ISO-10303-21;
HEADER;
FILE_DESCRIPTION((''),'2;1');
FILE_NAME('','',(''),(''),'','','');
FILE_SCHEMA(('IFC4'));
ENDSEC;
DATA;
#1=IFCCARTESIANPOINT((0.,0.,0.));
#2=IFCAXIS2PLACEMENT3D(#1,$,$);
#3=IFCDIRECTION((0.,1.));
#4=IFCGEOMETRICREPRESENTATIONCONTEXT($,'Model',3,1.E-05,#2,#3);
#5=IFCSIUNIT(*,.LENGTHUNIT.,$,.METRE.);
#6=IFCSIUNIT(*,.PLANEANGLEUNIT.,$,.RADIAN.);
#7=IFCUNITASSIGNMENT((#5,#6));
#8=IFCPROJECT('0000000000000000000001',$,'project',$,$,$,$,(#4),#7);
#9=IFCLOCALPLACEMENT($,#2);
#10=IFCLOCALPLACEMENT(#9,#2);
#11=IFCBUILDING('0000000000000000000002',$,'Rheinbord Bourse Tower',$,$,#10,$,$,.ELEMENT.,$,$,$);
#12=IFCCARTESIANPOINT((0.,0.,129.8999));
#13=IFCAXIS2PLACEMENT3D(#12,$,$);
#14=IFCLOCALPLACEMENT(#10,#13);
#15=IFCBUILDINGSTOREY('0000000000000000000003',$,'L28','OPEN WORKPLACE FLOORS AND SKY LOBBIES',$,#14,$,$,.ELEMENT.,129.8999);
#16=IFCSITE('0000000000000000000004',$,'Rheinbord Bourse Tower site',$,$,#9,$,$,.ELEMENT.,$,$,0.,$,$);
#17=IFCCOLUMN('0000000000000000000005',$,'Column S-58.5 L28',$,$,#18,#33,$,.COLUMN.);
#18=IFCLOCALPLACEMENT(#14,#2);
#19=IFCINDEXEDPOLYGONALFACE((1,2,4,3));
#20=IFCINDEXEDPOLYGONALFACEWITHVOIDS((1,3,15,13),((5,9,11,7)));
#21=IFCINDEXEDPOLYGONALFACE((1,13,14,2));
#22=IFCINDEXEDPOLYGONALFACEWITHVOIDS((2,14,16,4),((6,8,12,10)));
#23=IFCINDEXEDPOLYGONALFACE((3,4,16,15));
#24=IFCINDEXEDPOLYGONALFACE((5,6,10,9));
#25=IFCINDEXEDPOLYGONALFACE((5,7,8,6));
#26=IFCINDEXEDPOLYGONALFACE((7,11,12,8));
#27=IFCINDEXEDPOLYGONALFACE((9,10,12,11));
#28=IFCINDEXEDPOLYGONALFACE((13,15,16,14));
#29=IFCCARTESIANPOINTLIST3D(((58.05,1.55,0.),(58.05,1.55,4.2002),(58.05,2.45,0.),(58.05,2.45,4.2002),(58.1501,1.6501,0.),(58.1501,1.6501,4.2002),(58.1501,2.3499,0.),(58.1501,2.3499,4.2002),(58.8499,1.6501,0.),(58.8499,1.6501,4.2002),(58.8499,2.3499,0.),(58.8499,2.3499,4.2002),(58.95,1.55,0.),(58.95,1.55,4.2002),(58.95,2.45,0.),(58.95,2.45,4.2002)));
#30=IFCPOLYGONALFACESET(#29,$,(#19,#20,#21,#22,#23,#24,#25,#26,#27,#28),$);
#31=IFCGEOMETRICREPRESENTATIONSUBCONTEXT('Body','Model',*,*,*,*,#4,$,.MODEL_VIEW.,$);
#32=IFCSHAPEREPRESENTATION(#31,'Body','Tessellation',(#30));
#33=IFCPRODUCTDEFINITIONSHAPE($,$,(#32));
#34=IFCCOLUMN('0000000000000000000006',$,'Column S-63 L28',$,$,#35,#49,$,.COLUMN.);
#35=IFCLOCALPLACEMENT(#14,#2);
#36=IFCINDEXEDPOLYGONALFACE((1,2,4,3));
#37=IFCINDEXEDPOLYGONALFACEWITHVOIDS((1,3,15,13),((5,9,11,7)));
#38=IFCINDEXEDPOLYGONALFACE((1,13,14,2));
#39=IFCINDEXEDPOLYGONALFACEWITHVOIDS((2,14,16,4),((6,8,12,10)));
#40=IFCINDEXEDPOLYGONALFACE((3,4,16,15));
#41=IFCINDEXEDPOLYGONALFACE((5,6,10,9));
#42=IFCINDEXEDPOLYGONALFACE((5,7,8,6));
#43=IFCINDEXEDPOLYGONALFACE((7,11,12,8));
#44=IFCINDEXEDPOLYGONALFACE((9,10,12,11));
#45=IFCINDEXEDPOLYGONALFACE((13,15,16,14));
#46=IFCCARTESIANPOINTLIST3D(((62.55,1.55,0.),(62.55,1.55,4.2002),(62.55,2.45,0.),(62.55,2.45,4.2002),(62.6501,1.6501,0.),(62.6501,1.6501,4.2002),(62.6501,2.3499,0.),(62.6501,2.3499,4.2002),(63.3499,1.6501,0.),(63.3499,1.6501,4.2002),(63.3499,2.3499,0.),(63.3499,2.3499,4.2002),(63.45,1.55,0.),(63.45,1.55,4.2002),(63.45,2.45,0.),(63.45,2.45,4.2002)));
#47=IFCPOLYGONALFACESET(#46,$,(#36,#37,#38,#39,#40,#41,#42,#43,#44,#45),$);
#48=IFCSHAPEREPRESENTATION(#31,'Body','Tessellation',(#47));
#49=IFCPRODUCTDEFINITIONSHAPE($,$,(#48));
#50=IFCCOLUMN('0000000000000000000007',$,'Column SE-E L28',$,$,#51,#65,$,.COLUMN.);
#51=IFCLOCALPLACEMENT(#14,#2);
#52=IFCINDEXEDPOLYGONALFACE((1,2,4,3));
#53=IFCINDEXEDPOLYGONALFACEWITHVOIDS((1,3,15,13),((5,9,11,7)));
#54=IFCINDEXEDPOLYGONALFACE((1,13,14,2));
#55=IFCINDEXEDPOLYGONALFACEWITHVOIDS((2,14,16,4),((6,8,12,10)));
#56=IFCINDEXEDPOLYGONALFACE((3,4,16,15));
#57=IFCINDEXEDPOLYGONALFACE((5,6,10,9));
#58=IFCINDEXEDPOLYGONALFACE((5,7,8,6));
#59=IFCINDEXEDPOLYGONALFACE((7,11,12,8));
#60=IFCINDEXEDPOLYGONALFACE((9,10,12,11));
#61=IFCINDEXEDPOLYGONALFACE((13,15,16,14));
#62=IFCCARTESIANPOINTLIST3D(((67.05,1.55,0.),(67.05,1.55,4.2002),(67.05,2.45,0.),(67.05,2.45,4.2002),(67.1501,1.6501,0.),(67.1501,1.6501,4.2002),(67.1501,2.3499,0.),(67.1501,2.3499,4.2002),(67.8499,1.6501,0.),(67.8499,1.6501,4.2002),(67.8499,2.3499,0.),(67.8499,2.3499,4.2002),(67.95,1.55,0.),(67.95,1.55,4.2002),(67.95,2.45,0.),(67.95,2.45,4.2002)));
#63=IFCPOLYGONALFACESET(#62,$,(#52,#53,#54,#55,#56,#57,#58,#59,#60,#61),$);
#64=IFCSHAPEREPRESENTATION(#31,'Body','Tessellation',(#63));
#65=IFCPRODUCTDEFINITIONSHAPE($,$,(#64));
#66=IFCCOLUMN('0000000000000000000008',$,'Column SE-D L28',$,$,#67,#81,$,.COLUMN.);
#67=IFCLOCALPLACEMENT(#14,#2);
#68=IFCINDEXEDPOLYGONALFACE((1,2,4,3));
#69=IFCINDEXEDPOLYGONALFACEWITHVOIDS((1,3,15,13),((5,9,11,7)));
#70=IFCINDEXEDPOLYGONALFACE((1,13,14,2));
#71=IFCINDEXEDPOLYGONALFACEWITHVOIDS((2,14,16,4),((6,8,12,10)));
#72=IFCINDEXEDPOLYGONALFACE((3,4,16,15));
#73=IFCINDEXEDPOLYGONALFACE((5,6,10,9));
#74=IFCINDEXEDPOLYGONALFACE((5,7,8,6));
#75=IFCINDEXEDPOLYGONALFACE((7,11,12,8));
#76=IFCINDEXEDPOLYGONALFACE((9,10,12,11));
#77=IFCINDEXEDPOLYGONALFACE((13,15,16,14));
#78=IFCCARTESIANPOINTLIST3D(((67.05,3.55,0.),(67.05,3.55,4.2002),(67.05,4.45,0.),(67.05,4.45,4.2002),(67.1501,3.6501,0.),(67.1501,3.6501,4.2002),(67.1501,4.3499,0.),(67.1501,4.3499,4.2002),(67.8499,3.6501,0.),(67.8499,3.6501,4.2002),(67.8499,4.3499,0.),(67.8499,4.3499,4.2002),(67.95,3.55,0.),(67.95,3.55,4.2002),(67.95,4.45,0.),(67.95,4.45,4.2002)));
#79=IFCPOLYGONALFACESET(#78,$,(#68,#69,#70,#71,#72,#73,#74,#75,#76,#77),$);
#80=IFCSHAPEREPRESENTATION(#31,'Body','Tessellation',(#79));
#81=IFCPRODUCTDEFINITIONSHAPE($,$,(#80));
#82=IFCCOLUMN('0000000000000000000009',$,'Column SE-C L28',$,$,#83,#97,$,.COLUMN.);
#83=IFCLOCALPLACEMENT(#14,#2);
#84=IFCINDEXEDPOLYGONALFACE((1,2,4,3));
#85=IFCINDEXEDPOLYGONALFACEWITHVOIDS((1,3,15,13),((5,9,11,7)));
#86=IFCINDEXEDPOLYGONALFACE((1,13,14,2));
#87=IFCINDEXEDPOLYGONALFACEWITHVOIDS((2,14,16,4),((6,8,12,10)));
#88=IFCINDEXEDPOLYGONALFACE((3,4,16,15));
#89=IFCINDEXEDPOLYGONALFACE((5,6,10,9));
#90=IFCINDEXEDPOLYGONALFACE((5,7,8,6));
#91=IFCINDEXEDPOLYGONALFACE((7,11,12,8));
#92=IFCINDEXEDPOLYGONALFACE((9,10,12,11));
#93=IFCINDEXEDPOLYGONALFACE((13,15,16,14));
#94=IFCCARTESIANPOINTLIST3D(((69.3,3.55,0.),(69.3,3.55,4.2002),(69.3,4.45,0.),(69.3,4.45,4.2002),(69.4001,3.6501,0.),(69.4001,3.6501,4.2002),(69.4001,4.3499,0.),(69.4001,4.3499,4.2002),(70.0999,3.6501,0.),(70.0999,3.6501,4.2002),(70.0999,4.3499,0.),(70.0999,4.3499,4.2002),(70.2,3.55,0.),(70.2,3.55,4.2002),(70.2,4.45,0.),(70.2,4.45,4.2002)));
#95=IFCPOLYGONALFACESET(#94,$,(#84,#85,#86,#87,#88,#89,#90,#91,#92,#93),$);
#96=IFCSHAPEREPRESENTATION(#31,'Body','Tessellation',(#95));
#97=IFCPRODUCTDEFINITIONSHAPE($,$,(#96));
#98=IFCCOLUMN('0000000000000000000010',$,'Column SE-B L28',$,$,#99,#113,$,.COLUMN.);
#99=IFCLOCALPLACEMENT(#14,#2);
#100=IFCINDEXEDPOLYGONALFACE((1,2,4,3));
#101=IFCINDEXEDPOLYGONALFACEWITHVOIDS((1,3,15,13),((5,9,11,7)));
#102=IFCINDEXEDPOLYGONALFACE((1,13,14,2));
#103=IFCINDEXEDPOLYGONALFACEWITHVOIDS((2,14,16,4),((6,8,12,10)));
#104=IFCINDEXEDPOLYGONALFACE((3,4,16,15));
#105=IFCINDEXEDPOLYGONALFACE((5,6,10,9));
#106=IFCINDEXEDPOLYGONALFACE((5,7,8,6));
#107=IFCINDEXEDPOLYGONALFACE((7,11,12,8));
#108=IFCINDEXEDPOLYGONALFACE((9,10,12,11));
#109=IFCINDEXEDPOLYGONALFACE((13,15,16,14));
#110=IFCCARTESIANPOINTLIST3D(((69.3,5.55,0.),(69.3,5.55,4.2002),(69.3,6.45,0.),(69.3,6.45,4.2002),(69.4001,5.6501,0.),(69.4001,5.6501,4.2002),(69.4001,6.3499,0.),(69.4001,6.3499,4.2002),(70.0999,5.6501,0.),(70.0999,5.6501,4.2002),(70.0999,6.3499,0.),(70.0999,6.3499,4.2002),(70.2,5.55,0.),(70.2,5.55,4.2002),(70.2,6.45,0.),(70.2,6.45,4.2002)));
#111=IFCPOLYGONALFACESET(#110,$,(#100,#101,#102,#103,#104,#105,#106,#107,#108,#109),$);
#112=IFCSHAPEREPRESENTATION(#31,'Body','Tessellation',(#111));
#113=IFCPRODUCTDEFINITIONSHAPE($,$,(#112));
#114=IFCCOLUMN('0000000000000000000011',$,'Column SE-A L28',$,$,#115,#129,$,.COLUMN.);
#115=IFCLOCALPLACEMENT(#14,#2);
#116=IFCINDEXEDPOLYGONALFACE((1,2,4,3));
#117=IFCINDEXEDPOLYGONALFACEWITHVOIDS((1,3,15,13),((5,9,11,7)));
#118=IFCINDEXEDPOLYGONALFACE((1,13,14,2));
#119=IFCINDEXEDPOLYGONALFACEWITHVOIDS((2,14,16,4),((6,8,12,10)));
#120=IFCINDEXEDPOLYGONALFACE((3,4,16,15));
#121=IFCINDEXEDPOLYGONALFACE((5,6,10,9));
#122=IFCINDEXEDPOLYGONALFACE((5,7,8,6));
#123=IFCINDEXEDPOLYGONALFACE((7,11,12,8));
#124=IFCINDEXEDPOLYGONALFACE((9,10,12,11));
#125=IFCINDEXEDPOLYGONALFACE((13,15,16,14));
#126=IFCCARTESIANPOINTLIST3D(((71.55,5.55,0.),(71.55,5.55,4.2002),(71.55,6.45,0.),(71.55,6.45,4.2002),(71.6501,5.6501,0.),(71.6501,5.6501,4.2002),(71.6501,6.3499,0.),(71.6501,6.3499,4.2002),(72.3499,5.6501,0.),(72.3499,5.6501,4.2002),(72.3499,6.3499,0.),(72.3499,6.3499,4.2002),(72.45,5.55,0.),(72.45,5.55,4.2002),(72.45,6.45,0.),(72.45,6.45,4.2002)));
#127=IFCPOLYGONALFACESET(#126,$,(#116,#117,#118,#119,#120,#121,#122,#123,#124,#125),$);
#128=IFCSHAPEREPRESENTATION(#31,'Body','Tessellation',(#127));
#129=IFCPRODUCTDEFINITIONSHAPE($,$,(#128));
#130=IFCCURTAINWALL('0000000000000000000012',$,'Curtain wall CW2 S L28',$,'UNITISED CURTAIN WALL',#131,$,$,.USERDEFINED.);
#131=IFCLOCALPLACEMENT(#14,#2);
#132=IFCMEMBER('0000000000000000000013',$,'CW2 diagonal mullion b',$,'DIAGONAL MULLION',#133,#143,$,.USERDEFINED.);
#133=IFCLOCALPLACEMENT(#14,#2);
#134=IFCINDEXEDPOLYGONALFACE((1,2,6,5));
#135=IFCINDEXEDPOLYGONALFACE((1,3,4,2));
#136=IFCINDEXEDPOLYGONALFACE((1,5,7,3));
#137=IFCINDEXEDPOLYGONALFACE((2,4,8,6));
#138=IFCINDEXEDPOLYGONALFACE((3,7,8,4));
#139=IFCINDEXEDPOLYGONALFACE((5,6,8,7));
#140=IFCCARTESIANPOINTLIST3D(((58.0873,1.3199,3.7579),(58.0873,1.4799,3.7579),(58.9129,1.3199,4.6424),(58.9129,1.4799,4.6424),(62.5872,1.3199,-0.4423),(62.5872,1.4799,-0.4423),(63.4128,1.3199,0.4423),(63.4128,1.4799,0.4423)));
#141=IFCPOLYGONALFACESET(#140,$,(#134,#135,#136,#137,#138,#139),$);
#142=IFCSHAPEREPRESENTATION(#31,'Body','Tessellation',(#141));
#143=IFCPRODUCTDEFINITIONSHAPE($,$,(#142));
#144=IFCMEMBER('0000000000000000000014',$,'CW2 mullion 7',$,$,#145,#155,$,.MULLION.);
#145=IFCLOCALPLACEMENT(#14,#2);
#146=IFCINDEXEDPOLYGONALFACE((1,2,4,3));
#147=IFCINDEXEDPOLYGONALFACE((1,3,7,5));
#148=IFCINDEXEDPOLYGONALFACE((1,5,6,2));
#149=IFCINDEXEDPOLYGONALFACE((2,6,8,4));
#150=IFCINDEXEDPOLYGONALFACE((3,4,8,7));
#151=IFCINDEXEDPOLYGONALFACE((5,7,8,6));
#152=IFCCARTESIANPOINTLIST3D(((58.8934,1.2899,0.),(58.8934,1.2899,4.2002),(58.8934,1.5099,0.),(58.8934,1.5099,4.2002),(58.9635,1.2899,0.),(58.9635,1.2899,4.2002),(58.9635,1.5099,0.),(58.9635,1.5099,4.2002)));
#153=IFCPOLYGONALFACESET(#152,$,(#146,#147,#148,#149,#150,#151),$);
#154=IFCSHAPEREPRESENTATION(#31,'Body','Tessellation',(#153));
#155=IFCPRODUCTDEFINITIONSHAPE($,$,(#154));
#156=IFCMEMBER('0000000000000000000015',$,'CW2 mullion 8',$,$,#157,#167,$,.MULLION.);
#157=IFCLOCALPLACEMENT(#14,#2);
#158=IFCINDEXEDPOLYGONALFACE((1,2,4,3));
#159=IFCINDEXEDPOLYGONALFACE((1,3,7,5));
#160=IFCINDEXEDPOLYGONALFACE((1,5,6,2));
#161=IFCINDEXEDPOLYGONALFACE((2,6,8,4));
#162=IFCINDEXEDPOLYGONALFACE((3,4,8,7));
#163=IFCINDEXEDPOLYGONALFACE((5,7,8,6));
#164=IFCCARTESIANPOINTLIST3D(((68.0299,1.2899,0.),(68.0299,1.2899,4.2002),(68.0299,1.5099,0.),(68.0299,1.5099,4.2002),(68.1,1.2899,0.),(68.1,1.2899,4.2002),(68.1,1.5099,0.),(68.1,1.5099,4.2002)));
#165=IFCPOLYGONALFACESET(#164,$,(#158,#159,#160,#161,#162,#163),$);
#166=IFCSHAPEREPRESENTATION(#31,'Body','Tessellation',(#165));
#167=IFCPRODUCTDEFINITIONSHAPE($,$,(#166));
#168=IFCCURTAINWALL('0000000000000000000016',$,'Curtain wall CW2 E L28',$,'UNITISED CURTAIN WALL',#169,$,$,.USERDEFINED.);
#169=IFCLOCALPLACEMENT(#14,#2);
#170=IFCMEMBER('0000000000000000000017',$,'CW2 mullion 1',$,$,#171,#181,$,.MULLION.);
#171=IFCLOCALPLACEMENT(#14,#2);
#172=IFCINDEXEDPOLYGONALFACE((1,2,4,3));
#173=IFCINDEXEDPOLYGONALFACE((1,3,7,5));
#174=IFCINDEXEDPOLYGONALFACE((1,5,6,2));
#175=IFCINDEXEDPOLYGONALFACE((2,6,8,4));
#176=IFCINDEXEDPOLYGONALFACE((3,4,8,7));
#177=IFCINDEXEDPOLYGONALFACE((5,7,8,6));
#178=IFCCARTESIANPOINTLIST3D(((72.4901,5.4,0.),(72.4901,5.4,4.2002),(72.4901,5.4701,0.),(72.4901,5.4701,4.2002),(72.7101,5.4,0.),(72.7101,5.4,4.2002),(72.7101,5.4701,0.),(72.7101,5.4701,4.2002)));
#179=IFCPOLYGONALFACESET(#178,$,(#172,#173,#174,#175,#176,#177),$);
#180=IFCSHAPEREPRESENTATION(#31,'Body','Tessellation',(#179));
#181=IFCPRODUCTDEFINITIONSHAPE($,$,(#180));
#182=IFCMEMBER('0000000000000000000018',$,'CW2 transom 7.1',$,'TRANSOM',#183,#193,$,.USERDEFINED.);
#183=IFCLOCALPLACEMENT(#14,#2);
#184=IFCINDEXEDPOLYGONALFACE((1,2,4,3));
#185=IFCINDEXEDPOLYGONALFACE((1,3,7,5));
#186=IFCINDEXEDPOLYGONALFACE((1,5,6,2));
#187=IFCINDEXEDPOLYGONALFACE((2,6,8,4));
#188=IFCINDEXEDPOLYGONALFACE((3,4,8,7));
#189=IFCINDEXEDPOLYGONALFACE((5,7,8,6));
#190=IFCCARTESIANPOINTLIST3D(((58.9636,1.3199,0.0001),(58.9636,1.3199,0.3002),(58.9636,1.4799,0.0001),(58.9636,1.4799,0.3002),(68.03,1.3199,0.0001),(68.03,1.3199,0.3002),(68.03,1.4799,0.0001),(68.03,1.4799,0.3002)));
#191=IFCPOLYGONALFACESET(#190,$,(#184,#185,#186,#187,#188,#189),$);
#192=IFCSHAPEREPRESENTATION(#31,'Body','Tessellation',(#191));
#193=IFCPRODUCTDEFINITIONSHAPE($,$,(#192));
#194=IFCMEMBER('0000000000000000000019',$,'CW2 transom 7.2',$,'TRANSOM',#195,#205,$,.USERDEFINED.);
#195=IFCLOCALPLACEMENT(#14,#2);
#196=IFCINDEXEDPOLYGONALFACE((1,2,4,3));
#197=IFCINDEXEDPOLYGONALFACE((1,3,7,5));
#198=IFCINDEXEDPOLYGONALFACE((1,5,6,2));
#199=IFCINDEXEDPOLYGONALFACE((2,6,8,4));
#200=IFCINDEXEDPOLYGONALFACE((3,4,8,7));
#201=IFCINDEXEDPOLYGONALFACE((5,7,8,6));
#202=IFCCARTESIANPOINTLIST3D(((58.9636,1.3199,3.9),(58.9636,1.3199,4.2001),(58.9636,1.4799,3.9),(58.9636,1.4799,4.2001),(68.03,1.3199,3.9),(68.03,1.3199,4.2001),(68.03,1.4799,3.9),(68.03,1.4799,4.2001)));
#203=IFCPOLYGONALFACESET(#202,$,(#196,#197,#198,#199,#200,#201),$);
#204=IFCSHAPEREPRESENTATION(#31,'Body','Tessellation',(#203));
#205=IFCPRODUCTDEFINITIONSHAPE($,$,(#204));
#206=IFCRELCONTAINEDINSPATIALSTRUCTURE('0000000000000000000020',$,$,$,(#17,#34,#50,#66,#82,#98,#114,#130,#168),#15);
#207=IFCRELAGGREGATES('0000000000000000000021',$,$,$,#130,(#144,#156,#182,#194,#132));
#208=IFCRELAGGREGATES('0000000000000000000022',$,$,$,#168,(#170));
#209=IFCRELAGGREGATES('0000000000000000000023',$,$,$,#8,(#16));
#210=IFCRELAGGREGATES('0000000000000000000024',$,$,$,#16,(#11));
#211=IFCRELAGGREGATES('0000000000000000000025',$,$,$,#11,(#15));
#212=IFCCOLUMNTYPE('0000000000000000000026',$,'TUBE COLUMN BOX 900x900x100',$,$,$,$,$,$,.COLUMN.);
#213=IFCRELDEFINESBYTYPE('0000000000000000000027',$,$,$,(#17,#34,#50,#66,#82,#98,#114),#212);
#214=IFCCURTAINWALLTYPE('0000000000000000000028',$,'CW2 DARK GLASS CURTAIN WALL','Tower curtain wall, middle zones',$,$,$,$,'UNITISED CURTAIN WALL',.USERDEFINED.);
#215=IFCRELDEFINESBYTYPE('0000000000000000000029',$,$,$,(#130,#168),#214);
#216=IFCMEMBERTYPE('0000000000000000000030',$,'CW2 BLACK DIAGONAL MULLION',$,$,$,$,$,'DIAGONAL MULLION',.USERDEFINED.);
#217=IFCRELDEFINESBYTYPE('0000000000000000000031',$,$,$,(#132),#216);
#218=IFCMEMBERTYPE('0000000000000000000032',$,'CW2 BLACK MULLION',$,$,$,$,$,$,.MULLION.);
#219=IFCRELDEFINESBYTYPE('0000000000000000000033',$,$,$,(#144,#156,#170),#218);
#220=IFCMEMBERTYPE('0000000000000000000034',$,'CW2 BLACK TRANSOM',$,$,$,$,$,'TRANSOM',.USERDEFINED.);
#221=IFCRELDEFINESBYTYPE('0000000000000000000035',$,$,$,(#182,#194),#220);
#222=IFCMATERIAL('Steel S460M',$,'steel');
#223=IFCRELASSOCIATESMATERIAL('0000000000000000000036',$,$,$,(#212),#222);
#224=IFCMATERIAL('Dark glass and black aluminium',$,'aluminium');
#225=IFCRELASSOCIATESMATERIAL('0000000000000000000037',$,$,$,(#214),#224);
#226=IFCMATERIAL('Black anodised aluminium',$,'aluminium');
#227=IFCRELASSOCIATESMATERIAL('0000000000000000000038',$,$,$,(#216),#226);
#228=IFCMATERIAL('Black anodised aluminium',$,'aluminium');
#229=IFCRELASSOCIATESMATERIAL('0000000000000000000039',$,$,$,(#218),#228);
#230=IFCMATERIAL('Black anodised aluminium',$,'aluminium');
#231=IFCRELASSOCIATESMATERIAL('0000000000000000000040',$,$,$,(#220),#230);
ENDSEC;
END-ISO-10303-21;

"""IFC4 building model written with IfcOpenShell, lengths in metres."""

from ifc_helpers import new_model, si_unit, direction, frame, origin, origin_2d, place, context, subcontext, project, spatial, rectangle, hollow_rectangle, extrude, material, material_profile, profile_set, type_object, element, aggregate, save


model = new_model("IFC4")

# Units and contexts
model_context = context("Model", 3, precision=1e-05, world=origin(), true_north=direction((0.0, 1.0)))
body_context = subcontext(model_context, "Body", "Model", "MODEL_VIEW")
ifc_project = project(units=[si_unit("LENGTHUNIT", "METRE"), si_unit("PLANEANGLEUNIT", "RADIAN")], contexts=[model_context])

# Site, building, storey
site_placement = place(None, origin())
site = spatial("IfcSite", under=ifc_project, at=site_placement, Name="Rheinbord Bourse Tower site", CompositionType="ELEMENT", RefElevation=0.0)
building_placement = place(site_placement, origin())
building = spatial("IfcBuilding", under=site, at=building_placement, Name="Rheinbord Bourse Tower", CompositionType="ELEMENT")
storey_placement = place(building_placement, frame((0.0, 0.0, 129.8999)))
storey = spatial("IfcBuildingStorey", under=building, at=storey_placement, Name="L28", Description="OPEN WORKPLACE FLOORS AND SKY LOBBIES", CompositionType="ELEMENT", Elevation=129.8999)

# Columns
ifc_material_1 = material(Name="Steel S460M", Category="steel")
ifc_material_profile_1 = material_profile(ifc_material_1, hollow_rectangle(XDim=0.8999, YDim=0.8999, WallThickness=0.1001, at=origin_2d()), Name="BOX 900x900x100")
ifc_profile_set_1 = profile_set([ifc_material_profile_1], Name="Steel S460M")
column_type = type_object("IfcColumnType", Name="TUBE COLUMN BOX 900x900x100", PredefinedType="COLUMN", material=ifc_profile_set_1)
for number, where, z_axis, x_axis, name in (
    (1, (58.5, 2.0, 0.0), (0.0, 0.0, 1.0), (0.0, 1.0, 0.0), "Column S-58.5 L28"),
    (2, (63.0, 2.0, 0.0), (0.0, 0.0, 1.0), (0.0, 1.0, 0.0), "Column S-63 L28"),
    (3, (67.5, 2.0, 0.0), (0.0, 0.0, 1.0), (0.0, 1.0, 0.0), "Column SE-E L28"),
    (4, (67.5, 4.0, 0.0), (0.0, 0.0, 1.0), (0.0, 1.0, 0.0), "Column SE-D L28"),
    (5, (69.75, 4.0, 0.0), (0.0, 0.0, 1.0), (1.0, 0.0, 0.0), "Column SE-C L28"),
    (6, (69.75, 6.0, 0.0), (0.0, 0.0, 1.0), (1.0, 0.0, 0.0), "Column SE-B L28"),
    (7, (72.0, 6.0, 0.0), (0.0, 0.0, 1.0), (1.0, 0.0, 0.0), "Column SE-A L28"),
):
    element("IfcColumn", number, at=place(storey_placement, frame(where, z_axis=z_axis, x_axis=x_axis)), inside=storey, type_object=column_type, Name=name, PredefinedType="COLUMN", context=body_context, shape_type="SweptSolid", body=[
        extrude(hollow_rectangle(XDim=0.8999, YDim=0.8999, WallThickness=0.1001, at=origin_2d()), origin(), (0.0, 0.0, 1.0), 4.2002),
    ])

# Curtain wall, members
ifc_material_2 = material(Name="Dark glass and black aluminium", Category="aluminium")
curtain_wall_type = type_object("IfcCurtainWallType", Name="CW2 DARK GLASS CURTAIN WALL", Description="Tower curtain wall, middle zones", ElementType="UNITISED CURTAIN WALL", PredefinedType="USERDEFINED", material=ifc_material_2)
curtain_wall_1_placement = place(storey_placement, origin())
curtain_wall_1 = element("IfcCurtainWall", 8, at=curtain_wall_1_placement, inside=storey, type_object=curtain_wall_type, Name="Curtain wall CW2 S L28", ObjectType="UNITISED CURTAIN WALL", PredefinedType="USERDEFINED")
ifc_material_3 = material(Name="Black anodised aluminium", Category="aluminium")
ifc_material_profile_2 = material_profile(ifc_material_3, rectangle(XDim=0.1599, YDim=1.21, at=origin_2d()), Name="CW2 DIAGONAL MULLION 1210x160")
ifc_profile_set_2 = profile_set([ifc_material_profile_2], Name="Black anodised aluminium")
member_type_1 = type_object("IfcMemberType", Name="CW2 BLACK DIAGONAL MULLION", ElementType="DIAGONAL MULLION", PredefinedType="USERDEFINED", material=ifc_profile_set_2)
member_1_placement = place(storey_placement, frame((63.0, 1.3999, 0.0), z_axis=(-0.731039, 0.0, 0.682335), x_axis=(0.0, -1.0, 0.0)))
member_1 = element("IfcMember", 9, at=member_1_placement, type_object=member_type_1, Name="CW2 diagonal mullion b", ObjectType="DIAGONAL MULLION", PredefinedType="USERDEFINED", context=body_context, shape_type="SweptSolid", body=[
    extrude(rectangle(XDim=0.1599, YDim=1.21, at=origin_2d()), origin(), (0.0, 0.0, 1.0), 6.1555),
])
ifc_material_4 = material(Name="Black anodised aluminium", Category="aluminium")
ifc_material_profile_3 = material_profile(ifc_material_4, rectangle(XDim=0.22, YDim=0.0701, at=origin_2d()), Name="CW2 MULLION 70x220")
ifc_profile_set_3 = profile_set([ifc_material_profile_3], Name="Black anodised aluminium")
member_type_2 = type_object("IfcMemberType", Name="CW2 BLACK MULLION", PredefinedType="MULLION", material=ifc_profile_set_3)
member_2_placement = place(storey_placement, frame((58.9285, 1.3999, 0.0), z_axis=(0.0, 0.0, 1.0), x_axis=(0.0, 1.0, 0.0)))
member_2 = element("IfcMember", 10, at=member_2_placement, type_object=member_type_2, Name="CW2 mullion 7", PredefinedType="MULLION", context=body_context, shape_type="SweptSolid", body=[
    extrude(rectangle(XDim=0.22, YDim=0.0701, at=origin_2d()), origin(), (0.0, 0.0, 1.0), 4.2002),
])
member_3_placement = place(storey_placement, frame((68.0649, 1.3999, 0.0), z_axis=(0.0, 0.0, 1.0), x_axis=(0.0, 1.0, 0.0)))
member_3 = element("IfcMember", 11, at=member_3_placement, type_object=member_type_2, Name="CW2 mullion 8", PredefinedType="MULLION", context=body_context, shape_type="SweptSolid", body=[
    extrude(rectangle(XDim=0.22, YDim=0.0701, at=origin_2d()), origin(), (0.0, 0.0, 1.0), 4.2002),
])

# Curtain wall, member
curtain_wall_2_placement = place(storey_placement, origin())
curtain_wall_2 = element("IfcCurtainWall", 12, at=curtain_wall_2_placement, inside=storey, type_object=curtain_wall_type, Name="Curtain wall CW2 E L28", ObjectType="UNITISED CURTAIN WALL", PredefinedType="USERDEFINED")
member_4_placement = place(storey_placement, frame((72.6001, 5.4351, 0.0), z_axis=(0.0, 0.0, 1.0), x_axis=(-1.0, 0.0, 0.0)))
member_4 = element("IfcMember", 13, at=member_4_placement, type_object=member_type_2, Name="CW2 mullion 1", PredefinedType="MULLION", context=body_context, shape_type="SweptSolid", body=[
    extrude(rectangle(XDim=0.22, YDim=0.0701, at=origin_2d()), origin(), (0.0, 0.0, 1.0), 4.2002),
])

# Members
ifc_material_5 = material(Name="Black anodised aluminium", Category="aluminium")
ifc_material_profile_4 = material_profile(ifc_material_5, rectangle(XDim=0.1599, YDim=0.3, at=origin_2d()), Name="CW2 TRANSOM 300x160")
ifc_profile_set_4 = profile_set([ifc_material_profile_4], Name="Black anodised aluminium")
member_type_3 = type_object("IfcMemberType", Name="CW2 BLACK TRANSOM", ElementType="TRANSOM", PredefinedType="USERDEFINED", material=ifc_profile_set_4)
member_5_placement = place(storey_placement, frame((58.9636, 1.3999, 0.1501), z_axis=(1.0, 0.0, 0.0), x_axis=(0.0, 1.0, 0.0)))
member_5 = element("IfcMember", 14, at=member_5_placement, type_object=member_type_3, Name="CW2 transom 7.1", ObjectType="TRANSOM", PredefinedType="USERDEFINED", context=body_context, shape_type="SweptSolid", body=[
    extrude(rectangle(XDim=0.1599, YDim=0.3, at=origin_2d()), origin(), (0.0, 0.0, 1.0), 9.0664),
])
member_6_placement = place(storey_placement, frame((58.9636, 1.3999, 4.05), z_axis=(1.0, 0.0, 0.0), x_axis=(0.0, 1.0, 0.0)))
member_6 = element("IfcMember", 15, at=member_6_placement, type_object=member_type_3, Name="CW2 transom 7.2", ObjectType="TRANSOM", PredefinedType="USERDEFINED", context=body_context, shape_type="SweptSolid", body=[
    extrude(rectangle(XDim=0.1599, YDim=0.3, at=origin_2d()), origin(), (0.0, 0.0, 1.0), 9.0664),
])

aggregate(curtain_wall_1, [member_2, member_3, member_5, member_6, member_1])
aggregate(curtain_wall_2, [member_4])

save(model, "model.ifc")
